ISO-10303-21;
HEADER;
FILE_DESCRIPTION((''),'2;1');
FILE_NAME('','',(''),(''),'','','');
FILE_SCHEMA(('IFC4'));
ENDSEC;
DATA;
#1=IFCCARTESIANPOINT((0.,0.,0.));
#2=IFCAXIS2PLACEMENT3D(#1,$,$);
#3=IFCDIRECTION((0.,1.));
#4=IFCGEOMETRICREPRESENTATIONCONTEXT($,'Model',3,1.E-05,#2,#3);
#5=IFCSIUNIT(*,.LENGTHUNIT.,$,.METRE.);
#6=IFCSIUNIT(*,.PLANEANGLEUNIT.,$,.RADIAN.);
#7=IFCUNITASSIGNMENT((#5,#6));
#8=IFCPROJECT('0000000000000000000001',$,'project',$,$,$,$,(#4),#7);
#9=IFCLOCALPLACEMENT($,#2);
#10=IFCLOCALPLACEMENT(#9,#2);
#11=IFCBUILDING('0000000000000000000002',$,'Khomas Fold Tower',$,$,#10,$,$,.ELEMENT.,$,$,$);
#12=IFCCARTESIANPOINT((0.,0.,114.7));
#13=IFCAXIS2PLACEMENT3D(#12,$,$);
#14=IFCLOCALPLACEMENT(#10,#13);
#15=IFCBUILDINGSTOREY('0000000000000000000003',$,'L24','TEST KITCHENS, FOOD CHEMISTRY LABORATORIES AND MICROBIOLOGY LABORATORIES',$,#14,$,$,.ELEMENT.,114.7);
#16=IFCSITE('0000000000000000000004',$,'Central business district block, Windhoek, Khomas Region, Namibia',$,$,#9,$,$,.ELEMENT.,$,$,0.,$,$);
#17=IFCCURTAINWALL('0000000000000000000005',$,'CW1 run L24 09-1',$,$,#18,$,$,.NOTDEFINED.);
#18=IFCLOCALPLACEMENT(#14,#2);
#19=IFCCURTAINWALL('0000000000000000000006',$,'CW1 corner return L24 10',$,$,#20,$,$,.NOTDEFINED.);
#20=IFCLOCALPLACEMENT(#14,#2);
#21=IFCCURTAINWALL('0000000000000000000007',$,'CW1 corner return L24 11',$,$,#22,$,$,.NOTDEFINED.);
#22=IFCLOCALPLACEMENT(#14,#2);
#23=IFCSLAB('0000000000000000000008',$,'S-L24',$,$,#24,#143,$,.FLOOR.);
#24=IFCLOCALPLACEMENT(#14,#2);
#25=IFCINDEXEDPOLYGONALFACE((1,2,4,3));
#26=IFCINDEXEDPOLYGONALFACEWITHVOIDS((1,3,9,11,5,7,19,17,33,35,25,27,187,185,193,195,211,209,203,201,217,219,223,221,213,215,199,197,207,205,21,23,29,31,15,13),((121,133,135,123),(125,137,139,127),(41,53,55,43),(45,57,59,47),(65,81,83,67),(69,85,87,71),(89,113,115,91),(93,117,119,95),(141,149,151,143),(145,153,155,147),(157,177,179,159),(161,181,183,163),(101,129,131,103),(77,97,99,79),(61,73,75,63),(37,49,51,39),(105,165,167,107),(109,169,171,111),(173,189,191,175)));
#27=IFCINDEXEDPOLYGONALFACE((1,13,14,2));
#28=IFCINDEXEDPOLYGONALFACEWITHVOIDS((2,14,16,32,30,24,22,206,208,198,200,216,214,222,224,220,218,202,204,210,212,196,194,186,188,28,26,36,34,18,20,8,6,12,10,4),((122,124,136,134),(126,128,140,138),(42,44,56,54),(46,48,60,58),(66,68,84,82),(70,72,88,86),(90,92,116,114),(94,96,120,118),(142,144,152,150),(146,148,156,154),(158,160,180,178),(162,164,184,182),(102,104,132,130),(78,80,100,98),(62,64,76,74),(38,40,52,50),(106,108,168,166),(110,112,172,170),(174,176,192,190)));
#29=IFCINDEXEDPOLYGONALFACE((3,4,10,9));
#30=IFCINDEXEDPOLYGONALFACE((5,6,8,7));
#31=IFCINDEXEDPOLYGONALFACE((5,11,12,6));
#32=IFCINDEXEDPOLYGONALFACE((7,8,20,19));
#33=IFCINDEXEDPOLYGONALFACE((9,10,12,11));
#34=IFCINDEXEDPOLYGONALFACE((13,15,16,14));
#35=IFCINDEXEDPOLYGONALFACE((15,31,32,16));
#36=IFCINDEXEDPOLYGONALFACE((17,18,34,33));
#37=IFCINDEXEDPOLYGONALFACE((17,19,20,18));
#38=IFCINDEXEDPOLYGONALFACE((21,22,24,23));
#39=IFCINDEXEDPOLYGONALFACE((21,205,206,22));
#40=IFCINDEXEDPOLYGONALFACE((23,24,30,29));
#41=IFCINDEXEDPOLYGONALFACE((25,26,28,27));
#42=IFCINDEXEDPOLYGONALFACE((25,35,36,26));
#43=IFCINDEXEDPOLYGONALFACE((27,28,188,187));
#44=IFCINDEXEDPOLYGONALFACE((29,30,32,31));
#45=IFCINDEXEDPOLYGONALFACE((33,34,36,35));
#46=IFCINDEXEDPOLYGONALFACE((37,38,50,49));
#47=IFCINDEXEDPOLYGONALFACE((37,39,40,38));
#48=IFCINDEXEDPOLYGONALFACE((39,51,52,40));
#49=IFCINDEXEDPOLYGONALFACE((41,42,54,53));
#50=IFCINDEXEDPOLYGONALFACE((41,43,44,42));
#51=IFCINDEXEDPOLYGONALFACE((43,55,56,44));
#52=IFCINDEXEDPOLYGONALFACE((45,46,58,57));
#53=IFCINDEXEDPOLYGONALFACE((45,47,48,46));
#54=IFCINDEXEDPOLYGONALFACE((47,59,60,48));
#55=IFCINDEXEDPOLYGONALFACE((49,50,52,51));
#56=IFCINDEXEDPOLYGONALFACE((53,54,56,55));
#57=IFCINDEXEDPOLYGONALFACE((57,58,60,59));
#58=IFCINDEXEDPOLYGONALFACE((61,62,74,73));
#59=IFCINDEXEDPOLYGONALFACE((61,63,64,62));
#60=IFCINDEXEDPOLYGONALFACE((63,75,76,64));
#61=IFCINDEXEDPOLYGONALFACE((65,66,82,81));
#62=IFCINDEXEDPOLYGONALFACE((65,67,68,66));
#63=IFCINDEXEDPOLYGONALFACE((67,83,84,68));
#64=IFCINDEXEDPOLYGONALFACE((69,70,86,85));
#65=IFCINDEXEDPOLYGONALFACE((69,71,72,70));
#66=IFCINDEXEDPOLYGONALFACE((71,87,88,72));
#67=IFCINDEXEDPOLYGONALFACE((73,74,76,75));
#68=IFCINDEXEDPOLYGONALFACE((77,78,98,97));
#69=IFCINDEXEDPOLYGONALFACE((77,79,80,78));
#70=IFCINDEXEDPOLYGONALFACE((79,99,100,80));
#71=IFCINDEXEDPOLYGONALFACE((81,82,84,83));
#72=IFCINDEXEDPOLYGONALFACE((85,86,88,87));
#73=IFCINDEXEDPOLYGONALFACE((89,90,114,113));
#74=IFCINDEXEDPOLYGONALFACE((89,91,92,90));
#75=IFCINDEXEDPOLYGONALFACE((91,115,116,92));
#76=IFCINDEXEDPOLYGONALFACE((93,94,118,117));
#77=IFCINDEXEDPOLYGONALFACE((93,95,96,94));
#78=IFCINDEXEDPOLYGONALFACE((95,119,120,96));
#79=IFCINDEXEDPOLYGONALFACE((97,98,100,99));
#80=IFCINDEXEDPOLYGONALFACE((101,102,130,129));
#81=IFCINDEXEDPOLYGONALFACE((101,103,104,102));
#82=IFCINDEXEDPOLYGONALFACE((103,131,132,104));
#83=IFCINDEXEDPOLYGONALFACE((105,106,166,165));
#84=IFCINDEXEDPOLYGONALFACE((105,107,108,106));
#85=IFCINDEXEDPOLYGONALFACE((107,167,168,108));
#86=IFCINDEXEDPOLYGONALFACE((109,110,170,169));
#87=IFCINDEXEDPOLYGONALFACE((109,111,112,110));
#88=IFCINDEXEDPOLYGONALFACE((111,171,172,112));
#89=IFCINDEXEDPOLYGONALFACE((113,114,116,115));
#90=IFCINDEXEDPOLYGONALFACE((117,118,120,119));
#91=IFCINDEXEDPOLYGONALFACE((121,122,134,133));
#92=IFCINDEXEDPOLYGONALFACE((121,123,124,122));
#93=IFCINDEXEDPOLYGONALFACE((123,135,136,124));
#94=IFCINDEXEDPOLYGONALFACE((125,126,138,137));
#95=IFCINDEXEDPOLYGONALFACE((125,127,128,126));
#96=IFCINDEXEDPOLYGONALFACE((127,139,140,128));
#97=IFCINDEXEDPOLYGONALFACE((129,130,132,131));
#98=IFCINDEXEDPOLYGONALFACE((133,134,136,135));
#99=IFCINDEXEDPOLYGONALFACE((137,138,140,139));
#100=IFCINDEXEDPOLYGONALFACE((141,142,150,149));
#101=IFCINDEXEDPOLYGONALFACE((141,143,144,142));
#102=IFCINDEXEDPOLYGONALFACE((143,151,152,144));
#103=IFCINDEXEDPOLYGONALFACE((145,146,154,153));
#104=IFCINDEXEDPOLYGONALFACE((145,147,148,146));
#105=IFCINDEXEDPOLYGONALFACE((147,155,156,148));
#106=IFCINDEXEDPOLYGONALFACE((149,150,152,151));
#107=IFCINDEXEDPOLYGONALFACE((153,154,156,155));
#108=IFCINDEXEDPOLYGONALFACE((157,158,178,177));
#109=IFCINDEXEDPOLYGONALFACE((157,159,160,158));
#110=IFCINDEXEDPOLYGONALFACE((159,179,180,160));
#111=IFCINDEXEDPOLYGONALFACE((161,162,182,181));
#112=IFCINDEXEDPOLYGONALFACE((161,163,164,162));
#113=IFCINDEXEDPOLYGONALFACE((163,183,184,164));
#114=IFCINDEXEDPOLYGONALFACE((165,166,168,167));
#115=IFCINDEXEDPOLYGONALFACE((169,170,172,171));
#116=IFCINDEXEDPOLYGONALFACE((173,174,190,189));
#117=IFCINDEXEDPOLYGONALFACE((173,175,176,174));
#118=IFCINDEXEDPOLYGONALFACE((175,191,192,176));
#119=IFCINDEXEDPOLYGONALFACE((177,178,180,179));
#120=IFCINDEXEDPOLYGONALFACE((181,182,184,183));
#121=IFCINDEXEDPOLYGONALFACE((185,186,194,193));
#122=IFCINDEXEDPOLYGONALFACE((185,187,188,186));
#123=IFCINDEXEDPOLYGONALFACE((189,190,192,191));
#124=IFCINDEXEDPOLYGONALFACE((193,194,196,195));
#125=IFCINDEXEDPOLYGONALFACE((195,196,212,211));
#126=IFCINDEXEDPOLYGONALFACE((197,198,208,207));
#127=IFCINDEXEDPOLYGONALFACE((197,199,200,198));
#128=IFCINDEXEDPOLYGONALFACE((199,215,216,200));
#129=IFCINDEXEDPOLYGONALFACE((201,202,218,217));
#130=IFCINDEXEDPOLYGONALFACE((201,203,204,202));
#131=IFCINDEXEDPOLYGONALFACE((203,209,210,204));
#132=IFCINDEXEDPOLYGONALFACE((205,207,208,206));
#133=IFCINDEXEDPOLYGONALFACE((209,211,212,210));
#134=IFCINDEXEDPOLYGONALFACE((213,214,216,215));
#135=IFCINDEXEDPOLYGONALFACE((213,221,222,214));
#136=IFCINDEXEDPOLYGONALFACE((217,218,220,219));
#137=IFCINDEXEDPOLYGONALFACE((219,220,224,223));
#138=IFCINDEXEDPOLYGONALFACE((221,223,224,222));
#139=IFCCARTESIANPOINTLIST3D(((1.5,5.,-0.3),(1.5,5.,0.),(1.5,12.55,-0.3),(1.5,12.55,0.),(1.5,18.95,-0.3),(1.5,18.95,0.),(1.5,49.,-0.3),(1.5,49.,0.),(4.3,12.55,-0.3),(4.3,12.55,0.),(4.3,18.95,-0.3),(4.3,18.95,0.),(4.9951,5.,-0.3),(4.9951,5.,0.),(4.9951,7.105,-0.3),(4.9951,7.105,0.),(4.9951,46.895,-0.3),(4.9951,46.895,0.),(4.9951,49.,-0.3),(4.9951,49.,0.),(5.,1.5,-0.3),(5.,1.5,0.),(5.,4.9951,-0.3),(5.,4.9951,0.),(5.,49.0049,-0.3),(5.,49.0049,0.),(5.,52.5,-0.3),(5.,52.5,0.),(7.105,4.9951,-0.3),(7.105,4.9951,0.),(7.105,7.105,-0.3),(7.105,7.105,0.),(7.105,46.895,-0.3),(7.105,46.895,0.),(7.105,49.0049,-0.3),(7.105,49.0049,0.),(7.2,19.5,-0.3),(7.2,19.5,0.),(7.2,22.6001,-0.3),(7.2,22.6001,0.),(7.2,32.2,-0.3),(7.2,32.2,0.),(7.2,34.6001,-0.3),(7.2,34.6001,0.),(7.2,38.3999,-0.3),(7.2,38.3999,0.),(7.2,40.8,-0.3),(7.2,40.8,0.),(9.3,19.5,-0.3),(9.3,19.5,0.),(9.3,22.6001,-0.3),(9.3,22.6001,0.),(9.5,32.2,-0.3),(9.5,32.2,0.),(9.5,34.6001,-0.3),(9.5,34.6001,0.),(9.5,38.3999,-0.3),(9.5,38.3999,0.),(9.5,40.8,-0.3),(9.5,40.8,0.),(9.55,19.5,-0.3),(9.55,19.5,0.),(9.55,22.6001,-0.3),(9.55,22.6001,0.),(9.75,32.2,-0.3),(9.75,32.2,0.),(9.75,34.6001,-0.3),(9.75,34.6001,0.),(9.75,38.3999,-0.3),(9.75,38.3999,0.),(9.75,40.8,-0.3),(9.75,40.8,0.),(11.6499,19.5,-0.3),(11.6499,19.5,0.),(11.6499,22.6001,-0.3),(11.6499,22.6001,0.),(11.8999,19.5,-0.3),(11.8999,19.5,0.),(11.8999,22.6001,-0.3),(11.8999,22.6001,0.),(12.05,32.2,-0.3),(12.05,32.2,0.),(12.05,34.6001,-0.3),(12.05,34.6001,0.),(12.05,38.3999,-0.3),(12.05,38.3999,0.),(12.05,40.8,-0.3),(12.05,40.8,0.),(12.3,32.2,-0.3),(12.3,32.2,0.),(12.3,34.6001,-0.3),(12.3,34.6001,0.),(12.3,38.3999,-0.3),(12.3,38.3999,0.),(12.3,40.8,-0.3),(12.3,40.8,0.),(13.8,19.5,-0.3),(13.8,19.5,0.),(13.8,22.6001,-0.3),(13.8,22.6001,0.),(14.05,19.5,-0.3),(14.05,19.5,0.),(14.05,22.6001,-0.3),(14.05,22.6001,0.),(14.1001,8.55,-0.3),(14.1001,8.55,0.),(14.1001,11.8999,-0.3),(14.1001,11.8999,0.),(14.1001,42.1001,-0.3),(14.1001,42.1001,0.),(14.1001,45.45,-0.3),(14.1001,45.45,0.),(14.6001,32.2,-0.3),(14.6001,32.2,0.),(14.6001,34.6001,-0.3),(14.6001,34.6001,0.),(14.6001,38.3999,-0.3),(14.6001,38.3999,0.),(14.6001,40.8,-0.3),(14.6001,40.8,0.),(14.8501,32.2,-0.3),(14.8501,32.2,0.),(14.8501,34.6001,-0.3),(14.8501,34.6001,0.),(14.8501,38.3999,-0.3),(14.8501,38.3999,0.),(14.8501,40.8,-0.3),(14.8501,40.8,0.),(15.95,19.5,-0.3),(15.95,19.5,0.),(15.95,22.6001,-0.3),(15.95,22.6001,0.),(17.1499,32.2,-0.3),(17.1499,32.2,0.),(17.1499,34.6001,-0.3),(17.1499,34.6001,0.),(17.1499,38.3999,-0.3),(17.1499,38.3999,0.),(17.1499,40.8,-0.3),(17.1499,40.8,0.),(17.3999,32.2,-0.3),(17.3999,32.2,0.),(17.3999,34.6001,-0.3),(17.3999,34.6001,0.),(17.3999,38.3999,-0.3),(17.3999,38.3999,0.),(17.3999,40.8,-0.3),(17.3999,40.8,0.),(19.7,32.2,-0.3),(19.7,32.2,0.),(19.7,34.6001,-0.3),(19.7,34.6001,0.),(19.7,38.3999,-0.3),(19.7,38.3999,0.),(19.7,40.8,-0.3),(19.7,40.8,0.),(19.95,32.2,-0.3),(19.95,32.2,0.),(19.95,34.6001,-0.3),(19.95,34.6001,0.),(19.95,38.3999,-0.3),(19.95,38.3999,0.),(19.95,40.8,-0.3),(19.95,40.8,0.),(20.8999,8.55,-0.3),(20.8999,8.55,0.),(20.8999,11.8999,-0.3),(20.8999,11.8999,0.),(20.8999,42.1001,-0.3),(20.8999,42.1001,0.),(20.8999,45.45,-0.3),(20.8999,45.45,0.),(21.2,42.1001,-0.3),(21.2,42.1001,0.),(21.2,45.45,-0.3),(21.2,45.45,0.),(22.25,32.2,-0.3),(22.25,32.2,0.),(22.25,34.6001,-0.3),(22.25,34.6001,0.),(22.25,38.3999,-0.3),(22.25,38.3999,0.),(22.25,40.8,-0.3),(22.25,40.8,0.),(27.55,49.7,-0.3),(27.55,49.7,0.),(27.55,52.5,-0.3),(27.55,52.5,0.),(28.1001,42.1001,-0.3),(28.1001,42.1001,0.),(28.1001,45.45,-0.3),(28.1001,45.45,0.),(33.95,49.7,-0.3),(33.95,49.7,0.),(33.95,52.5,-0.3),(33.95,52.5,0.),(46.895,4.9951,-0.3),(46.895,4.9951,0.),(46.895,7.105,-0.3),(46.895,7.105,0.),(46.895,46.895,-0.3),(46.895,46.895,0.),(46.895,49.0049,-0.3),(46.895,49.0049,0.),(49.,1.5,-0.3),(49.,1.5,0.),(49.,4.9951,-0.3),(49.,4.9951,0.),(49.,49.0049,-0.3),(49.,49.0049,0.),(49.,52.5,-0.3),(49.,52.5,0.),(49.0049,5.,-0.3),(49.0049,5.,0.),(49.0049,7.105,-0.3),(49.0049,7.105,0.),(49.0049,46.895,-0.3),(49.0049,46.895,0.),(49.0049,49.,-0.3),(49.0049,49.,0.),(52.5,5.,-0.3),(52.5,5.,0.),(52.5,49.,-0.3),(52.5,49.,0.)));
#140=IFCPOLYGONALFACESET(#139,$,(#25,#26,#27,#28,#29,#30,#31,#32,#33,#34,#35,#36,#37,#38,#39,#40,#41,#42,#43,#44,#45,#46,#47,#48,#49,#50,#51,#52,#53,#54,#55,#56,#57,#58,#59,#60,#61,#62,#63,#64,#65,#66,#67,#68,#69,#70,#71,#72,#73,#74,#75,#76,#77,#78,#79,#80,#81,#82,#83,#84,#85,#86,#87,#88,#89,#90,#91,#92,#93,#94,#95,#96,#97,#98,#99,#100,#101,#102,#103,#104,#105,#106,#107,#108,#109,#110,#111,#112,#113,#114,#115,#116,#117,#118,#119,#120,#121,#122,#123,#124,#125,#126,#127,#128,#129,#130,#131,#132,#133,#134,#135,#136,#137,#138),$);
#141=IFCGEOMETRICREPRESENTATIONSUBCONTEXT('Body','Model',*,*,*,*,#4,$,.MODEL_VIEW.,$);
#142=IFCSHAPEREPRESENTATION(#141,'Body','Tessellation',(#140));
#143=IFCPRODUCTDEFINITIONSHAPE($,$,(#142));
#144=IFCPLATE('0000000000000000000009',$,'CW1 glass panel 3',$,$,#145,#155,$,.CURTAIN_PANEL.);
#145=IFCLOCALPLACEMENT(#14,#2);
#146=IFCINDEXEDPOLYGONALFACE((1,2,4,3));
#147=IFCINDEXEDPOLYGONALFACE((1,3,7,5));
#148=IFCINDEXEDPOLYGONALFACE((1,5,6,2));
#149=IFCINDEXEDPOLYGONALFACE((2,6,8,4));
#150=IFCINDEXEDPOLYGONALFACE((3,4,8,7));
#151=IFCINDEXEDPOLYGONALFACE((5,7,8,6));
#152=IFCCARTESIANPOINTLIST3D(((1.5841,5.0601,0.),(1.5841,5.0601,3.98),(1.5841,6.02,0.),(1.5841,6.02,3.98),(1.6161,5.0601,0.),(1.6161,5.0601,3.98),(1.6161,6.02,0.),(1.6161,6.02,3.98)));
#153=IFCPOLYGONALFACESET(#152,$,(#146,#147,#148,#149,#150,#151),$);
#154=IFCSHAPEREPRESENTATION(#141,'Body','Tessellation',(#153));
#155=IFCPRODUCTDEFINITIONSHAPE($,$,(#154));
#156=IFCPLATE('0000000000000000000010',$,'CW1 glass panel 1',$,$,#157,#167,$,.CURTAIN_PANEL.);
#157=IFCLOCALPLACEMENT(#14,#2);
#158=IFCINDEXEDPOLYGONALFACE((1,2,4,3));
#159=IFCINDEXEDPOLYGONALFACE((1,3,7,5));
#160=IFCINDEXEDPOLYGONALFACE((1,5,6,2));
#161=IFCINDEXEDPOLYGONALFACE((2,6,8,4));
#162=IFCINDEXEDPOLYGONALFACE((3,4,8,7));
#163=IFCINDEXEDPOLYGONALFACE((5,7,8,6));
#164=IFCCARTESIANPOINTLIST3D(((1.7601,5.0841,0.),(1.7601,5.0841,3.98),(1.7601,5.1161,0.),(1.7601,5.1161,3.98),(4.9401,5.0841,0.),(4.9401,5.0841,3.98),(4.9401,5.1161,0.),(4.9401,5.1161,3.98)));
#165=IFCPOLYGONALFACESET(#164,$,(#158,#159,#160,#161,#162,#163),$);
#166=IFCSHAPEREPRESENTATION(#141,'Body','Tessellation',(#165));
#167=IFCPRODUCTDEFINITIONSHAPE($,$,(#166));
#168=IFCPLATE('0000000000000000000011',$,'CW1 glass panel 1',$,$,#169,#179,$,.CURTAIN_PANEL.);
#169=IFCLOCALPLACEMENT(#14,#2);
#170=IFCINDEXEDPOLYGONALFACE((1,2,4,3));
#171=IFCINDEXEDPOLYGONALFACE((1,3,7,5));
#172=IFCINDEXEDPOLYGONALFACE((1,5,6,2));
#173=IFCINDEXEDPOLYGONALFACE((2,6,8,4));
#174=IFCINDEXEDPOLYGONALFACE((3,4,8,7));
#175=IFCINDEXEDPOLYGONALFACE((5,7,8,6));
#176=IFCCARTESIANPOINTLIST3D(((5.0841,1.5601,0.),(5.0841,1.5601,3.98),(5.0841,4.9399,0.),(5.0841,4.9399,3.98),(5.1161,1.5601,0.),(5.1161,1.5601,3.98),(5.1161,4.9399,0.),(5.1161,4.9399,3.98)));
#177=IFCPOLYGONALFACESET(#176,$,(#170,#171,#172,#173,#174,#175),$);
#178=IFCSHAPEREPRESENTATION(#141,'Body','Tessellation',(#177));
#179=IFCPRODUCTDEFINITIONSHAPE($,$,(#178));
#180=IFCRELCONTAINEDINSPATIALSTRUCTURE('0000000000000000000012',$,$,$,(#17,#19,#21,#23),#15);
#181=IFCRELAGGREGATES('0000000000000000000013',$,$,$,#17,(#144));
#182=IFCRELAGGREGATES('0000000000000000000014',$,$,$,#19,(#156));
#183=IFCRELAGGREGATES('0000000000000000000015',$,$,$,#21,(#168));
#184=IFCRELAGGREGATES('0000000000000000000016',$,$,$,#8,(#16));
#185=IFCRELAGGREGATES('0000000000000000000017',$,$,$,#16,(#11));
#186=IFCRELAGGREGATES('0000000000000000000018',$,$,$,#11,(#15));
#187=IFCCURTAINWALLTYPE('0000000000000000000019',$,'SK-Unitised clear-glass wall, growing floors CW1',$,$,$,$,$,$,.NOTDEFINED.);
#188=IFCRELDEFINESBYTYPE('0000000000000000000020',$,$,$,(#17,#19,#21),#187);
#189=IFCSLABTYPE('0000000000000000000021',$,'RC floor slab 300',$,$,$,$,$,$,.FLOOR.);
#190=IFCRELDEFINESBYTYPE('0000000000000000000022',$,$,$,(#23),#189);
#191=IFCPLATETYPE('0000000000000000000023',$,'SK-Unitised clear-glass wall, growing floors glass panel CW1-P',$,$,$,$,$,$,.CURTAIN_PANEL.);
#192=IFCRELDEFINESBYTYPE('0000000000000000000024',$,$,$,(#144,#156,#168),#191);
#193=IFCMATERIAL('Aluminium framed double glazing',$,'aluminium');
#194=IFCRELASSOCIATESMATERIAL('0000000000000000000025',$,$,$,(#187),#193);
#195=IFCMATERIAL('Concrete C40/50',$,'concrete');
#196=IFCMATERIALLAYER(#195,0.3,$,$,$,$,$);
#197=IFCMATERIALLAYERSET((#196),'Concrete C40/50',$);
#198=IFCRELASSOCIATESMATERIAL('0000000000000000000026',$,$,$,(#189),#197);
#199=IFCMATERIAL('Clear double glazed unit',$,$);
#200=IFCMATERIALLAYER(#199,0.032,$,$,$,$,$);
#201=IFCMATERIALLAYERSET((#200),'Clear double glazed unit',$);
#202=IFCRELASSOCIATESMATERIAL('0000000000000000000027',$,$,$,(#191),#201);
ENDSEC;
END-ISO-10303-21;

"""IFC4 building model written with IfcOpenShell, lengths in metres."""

from ifc_helpers import new_model, si_unit, direction, frame, origin, origin_2d, place, context, subcontext, project, spatial, polyline, rectangle, outline, extrude, source, transform, mapped, material, layer, layer_set, type_object, element, aggregate, save


model = new_model("IFC4")

# Units and contexts
model_context = context("Model", 3, precision=1e-05, world=origin(), true_north=direction((0.0, 1.0)))
body_context = subcontext(model_context, "Body", "Model", "MODEL_VIEW")
ifc_project = project(units=[si_unit("LENGTHUNIT", "METRE"), si_unit("PLANEANGLEUNIT", "RADIAN")], contexts=[model_context])

# Site, building, storey
site_placement = place(None, origin())
site = spatial("IfcSite", under=ifc_project, at=site_placement, Name="Central business district block, Windhoek, Khomas Region, Namibia", CompositionType="ELEMENT", RefElevation=0.0)
building_placement = place(site_placement, origin())
building = spatial("IfcBuilding", under=site, at=building_placement, Name="Khomas Fold Tower", CompositionType="ELEMENT")
storey_placement = place(building_placement, frame((0.0, 0.0, 114.7)))
storey = spatial("IfcBuildingStorey", under=building, at=storey_placement, Name="L24", Description="TEST KITCHENS, FOOD CHEMISTRY LABORATORIES AND MICROBIOLOGY LABORATORIES", CompositionType="ELEMENT", Elevation=114.7)

# Curtain walls
ifc_material_1 = material(Name="Aluminium framed double glazing", Category="aluminium")
curtain_wall_type = type_object("IfcCurtainWallType", Name="SK-Unitised clear-glass wall, growing floors CW1", PredefinedType="NOTDEFINED", material=ifc_material_1)
curtain_wall_1_placement = place(storey_placement, origin())
curtain_wall_1 = element("IfcCurtainWall", 1, at=curtain_wall_1_placement, inside=storey, type_object=curtain_wall_type, Name="CW1 run L24 09-1", PredefinedType="NOTDEFINED")
curtain_wall_2_placement = place(storey_placement, origin())
curtain_wall_2 = element("IfcCurtainWall", 2, at=curtain_wall_2_placement, inside=storey, type_object=curtain_wall_type, Name="CW1 corner return L24 10", PredefinedType="NOTDEFINED")
curtain_wall_3_placement = place(storey_placement, origin())
curtain_wall_3 = element("IfcCurtainWall", 3, at=curtain_wall_3_placement, inside=storey, type_object=curtain_wall_type, Name="CW1 corner return L24 11", PredefinedType="NOTDEFINED")

# Slab
ifc_material_2 = material(Name="Concrete C40/50", Category="concrete")
ifc_layer_1 = layer(ifc_material_2, 0.3)
ifc_layer_set_1 = layer_set([ifc_layer_1], Name="Concrete C40/50")
slab_type_1 = type_object("IfcSlabType", Name="RC floor slab 300", PredefinedType="FLOOR", material=ifc_layer_set_1)
shared_shape_1 = source(origin(), body_context, "Body", "SweptSolid", [
    extrude(outline(polyline([(1.5, 5.0), (4.9951, 5.0), (4.9951, 7.105), (7.105, 7.105), (7.105, 4.9951), (5.0, 4.9951), (5.0, 1.5), (49.0, 1.5), (49.0, 4.9951), (46.895, 4.9951), (46.895, 7.105), (49.0049, 7.105), (49.0049, 5.0), (52.5, 5.0), (52.5, 49.0), (49.0049, 49.0), (49.0049, 46.895), (46.895, 46.895), (46.895, 49.0049), (49.0, 49.0049), (49.0, 52.5), (33.95, 52.5), (33.95, 49.7), (27.55, 49.7), (27.55, 52.5), (5.0, 52.5), (5.0, 49.0049), (7.105, 49.0049), (7.105, 46.895), (4.9951, 46.895), (4.9951, 49.0), (1.5, 49.0), (1.5, 18.95), (4.3, 18.95), (4.3, 12.55), (1.5, 12.55), (1.5, 5.0)]), holes=[polyline([(7.2, 19.5), (7.2, 22.6001), (9.3, 22.6001), (9.3, 19.5), (7.2, 19.5)]), polyline([(7.2, 32.2), (7.2, 34.6001), (9.5, 34.6001), (9.5, 32.2), (7.2, 32.2)]), polyline([(7.2, 38.3999), (7.2, 40.8), (9.5, 40.8), (9.5, 38.3999), (7.2, 38.3999)]), polyline([(9.55, 19.5), (9.55, 22.6001), (11.6499, 22.6001), (11.6499, 19.5), (9.55, 19.5)]), polyline([(9.75, 32.2), (9.75, 34.6001), (12.05, 34.6001), (12.05, 32.2), (9.75, 32.2)]), polyline([(9.75, 38.3999), (9.75, 40.8), (12.05, 40.8), (12.05, 38.3999), (9.75, 38.3999)]), polyline([(11.8999, 19.5), (11.8999, 22.6001), (13.8, 22.6001), (13.8, 19.5), (11.8999, 19.5)]), polyline([(12.3, 32.2), (12.3, 34.6001), (14.6001, 34.6001), (14.6001, 32.2), (12.3, 32.2)]), polyline([(12.3, 38.3999), (12.3, 40.8), (14.6001, 40.8), (14.6001, 38.3999), (12.3, 38.3999)]), polyline([(14.05, 19.5), (14.05, 22.6001), (15.95, 22.6001), (15.95, 19.5), (14.05, 19.5)]), polyline([(14.1001, 8.55), (14.1001, 11.8999), (20.8999, 11.8999), (20.8999, 8.55), (14.1001, 8.55)]), polyline([(14.1001, 42.1001), (14.1001, 45.45), (20.8999, 45.45), (20.8999, 42.1001), (14.1001, 42.1001)]), polyline([(14.8501, 32.2), (14.8501, 34.6001), (17.1499, 34.6001), (17.1499, 32.2), (14.8501, 32.2)]), polyline([(14.8501, 38.3999), (14.8501, 40.8), (17.1499, 40.8), (17.1499, 38.3999), (14.8501, 38.3999)]), polyline([(17.3999, 32.2), (17.3999, 34.6001), (19.7, 34.6001), (19.7, 32.2), (17.3999, 32.2)]), polyline([(17.3999, 38.3999), (17.3999, 40.8), (19.7, 40.8), (19.7, 38.3999), (17.3999, 38.3999)]), polyline([(19.95, 32.2), (19.95, 34.6001), (22.25, 34.6001), (22.25, 32.2), (19.95, 32.2)]), polyline([(19.95, 38.3999), (19.95, 40.8), (22.25, 40.8), (22.25, 38.3999), (19.95, 38.3999)]), polyline([(21.2, 42.1001), (21.2, 45.45), (28.1001, 45.45), (28.1001, 42.1001), (21.2, 42.1001)])]), origin(), (0.0, 0.0, 1.0), 0.3),
])
slab_1_placement = place(storey_placement, frame((0.0, 0.0, -0.3)))
element("IfcSlab", 4, at=slab_1_placement, inside=storey, type_object=slab_type_1, Name="S-L24", PredefinedType="FLOOR", context=body_context, shape_type="MappedRepresentation", body=[
    mapped(shared_shape_1, transform((0.0, 0.0, 0.0))),
])

# Plates
ifc_material_3 = material(Name="Clear double glazed unit")
ifc_layer_2 = layer(ifc_material_3, 0.032)
ifc_layer_set_2 = layer_set([ifc_layer_2], Name="Clear double glazed unit")
plate_type_1 = type_object("IfcPlateType", Name="SK-Unitised clear-glass wall, growing floors glass panel CW1-P", PredefinedType="CURTAIN_PANEL", material=ifc_layer_set_2)
shared_shape_2 = source(origin(), body_context, "Body", "SweptSolid", [
    extrude(rectangle(XDim=0.96, YDim=0.032, at=origin_2d()), origin(), (0.0, 0.0, 1.0), 3.98),
])
plate_1_placement = place(storey_placement, frame((1.6001, 5.54, 0.0), z_axis=(0.0, 0.0, 1.0), x_axis=(0.0, -1.0, 0.0)))
plate_1 = element("IfcPlate", 5, at=plate_1_placement, type_object=plate_type_1, Name="CW1 glass panel 3", PredefinedType="CURTAIN_PANEL", context=body_context, shape_type="MappedRepresentation", body=[
    mapped(shared_shape_2, transform((0.0, 0.0, 0.0))),
])
aggregate(curtain_wall_1, [plate_1])
shared_shape_3 = source(origin(), body_context, "Body", "SweptSolid", [
    extrude(rectangle(XDim=3.1799, YDim=0.032, at=origin_2d()), origin(), (0.0, 0.0, 1.0), 3.98),
])
plate_2_placement = place(storey_placement, frame((3.3501, 5.1001, 0.0), z_axis=(0.0, 0.0, 1.0), x_axis=(1.0, 0.0, 0.0)))
plate_2 = element("IfcPlate", 6, at=plate_2_placement, type_object=plate_type_1, Name="CW1 glass panel 1", PredefinedType="CURTAIN_PANEL", context=body_context, shape_type="MappedRepresentation", body=[
    mapped(shared_shape_3, transform((0.0, 0.0, 0.0))),
])
aggregate(curtain_wall_2, [plate_2])
shared_shape_4 = source(origin(), body_context, "Body", "SweptSolid", [
    extrude(rectangle(XDim=3.3799, YDim=0.032, at=origin_2d()), origin(), (0.0, 0.0, 1.0), 3.98),
])
plate_3_placement = place(storey_placement, frame((5.1001, 3.25, 0.0), z_axis=(0.0, 0.0, 1.0), x_axis=(0.0, -1.0, 0.0)))
plate_3 = element("IfcPlate", 7, at=plate_3_placement, type_object=plate_type_1, Name="CW1 glass panel 1", PredefinedType="CURTAIN_PANEL", context=body_context, shape_type="MappedRepresentation", body=[
    mapped(shared_shape_4, transform((0.0, 0.0, 0.0))),
])
aggregate(curtain_wall_3, [plate_3])

save(model, "model.ifc")
